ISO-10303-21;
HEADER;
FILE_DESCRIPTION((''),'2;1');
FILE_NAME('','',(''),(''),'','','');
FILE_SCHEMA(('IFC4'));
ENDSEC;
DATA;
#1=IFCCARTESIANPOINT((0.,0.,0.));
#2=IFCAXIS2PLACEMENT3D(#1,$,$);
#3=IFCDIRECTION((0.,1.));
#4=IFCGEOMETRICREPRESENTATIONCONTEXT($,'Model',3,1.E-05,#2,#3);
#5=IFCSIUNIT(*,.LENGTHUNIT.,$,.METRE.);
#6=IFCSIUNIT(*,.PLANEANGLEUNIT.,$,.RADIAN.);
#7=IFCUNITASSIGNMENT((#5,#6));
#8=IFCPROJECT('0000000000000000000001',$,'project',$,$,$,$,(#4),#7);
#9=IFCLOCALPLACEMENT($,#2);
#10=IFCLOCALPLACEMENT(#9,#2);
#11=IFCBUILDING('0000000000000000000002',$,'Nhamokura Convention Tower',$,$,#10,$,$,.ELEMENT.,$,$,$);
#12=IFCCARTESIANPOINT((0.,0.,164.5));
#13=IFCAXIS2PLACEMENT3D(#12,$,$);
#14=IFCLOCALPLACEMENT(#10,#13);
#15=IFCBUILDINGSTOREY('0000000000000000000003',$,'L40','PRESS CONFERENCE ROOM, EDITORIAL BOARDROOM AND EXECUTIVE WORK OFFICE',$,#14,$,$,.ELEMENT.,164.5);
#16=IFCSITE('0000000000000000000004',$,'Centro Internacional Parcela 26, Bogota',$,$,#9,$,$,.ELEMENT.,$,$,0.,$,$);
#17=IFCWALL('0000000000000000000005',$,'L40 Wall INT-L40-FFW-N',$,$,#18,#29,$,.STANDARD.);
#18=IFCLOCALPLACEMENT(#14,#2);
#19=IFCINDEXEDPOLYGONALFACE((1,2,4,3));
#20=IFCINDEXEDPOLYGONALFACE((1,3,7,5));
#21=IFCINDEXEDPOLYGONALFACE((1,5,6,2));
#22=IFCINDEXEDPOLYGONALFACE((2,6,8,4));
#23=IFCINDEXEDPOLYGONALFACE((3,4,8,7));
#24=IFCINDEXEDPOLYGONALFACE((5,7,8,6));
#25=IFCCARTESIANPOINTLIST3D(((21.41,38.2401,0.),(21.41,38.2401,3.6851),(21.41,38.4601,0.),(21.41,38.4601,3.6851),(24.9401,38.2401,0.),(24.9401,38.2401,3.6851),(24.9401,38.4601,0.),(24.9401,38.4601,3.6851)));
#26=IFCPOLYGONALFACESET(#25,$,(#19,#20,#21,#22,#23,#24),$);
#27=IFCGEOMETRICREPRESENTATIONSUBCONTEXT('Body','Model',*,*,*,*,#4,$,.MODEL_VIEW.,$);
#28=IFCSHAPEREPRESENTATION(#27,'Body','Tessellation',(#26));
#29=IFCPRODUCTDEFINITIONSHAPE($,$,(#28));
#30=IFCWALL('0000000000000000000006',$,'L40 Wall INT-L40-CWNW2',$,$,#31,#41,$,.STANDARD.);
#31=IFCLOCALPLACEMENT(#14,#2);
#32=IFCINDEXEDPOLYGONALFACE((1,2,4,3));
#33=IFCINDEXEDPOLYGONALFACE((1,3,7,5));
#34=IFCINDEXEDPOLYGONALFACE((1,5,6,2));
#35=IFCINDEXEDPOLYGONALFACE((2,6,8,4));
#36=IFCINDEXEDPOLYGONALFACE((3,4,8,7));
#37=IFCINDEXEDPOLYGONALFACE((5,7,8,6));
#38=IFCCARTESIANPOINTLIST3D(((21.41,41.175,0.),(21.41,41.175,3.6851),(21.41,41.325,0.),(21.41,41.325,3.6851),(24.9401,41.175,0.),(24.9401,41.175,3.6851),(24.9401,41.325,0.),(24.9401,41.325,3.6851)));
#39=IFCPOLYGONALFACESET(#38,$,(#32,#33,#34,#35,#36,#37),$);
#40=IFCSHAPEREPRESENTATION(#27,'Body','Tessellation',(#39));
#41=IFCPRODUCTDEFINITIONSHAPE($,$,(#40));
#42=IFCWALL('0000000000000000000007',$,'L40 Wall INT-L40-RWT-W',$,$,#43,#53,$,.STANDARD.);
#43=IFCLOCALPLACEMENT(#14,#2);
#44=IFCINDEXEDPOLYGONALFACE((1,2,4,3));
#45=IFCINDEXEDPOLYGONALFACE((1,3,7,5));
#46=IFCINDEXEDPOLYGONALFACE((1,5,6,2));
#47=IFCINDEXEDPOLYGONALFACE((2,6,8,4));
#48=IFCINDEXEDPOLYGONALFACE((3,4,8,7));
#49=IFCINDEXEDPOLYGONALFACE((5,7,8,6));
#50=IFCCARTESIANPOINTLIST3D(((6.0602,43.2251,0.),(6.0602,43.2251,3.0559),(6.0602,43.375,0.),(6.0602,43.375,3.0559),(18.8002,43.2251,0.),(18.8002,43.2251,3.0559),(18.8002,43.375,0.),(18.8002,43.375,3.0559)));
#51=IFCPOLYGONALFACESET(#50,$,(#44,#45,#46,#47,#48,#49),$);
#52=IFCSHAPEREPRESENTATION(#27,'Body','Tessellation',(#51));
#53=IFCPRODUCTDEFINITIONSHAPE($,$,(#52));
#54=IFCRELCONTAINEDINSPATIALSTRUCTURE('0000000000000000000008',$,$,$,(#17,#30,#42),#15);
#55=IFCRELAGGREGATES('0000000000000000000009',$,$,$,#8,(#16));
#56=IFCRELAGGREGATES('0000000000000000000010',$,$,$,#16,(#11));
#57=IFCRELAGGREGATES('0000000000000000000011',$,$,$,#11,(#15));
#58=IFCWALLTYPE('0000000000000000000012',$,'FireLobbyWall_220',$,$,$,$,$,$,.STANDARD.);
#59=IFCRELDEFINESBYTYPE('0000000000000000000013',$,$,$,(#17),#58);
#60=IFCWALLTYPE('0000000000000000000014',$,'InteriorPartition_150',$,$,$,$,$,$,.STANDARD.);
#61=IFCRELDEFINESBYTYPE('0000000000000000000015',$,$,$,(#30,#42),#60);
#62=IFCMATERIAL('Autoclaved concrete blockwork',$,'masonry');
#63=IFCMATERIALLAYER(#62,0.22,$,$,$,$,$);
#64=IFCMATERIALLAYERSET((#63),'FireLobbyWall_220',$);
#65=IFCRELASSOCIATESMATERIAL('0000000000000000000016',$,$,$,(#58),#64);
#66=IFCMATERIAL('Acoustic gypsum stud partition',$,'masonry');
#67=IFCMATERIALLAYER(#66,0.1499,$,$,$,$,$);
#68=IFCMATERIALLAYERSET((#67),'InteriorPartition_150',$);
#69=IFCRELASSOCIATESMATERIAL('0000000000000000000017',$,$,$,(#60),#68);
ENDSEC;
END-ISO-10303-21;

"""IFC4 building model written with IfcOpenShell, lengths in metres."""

from ifc_helpers import new_model, si_unit, direction, frame, frame_2d, origin, place, context, subcontext, project, spatial, rectangle, extrude, material, layer, layer_set, type_object, element, save


model = new_model("IFC4")

# Units and contexts
model_context = context("Model", 3, precision=1e-05, world=origin(), true_north=direction((0.0, 1.0)))
body_context = subcontext(model_context, "Body", "Model", "MODEL_VIEW")
ifc_project = project(units=[si_unit("LENGTHUNIT", "METRE"), si_unit("PLANEANGLEUNIT", "RADIAN")], contexts=[model_context])

# Site, building, storey
site_placement = place(None, origin())
site = spatial("IfcSite", under=ifc_project, at=site_placement, Name="Centro Internacional Parcela 26, Bogota", CompositionType="ELEMENT", RefElevation=0.0)
building_placement = place(site_placement, origin())
building = spatial("IfcBuilding", under=site, at=building_placement, Name="Nhamokura Convention Tower", CompositionType="ELEMENT")
storey_placement = place(building_placement, frame((0.0, 0.0, 164.5)))
storey = spatial("IfcBuildingStorey", under=building, at=storey_placement, Name="L40", Description="PRESS CONFERENCE ROOM, EDITORIAL BOARDROOM AND EXECUTIVE WORK OFFICE", CompositionType="ELEMENT", Elevation=164.5)

# Shared definitions
ifc_material_1 = material(Name="Autoclaved concrete blockwork", Category="masonry")
ifc_layer_1 = layer(ifc_material_1, 0.22)
ifc_layer_set_1 = layer_set([ifc_layer_1], Name="FireLobbyWall_220")
wall_type_1 = type_object("IfcWallType", Name="FireLobbyWall_220", PredefinedType="STANDARD", material=ifc_layer_set_1)

# Walls
wall_1_placement = place(storey_placement, frame((21.4099, 38.3501, 0.0), z_axis=(0.0, 0.0, 1.0), x_axis=(1.0, 0.0, 0.0)))
element("IfcWall", 1, at=wall_1_placement, inside=storey, type_object=wall_type_1, Name="L40 Wall INT-L40-FFW-N", PredefinedType="STANDARD", context=body_context, shape_type="SweptSolid", body=[
    extrude(rectangle(XDim=3.53, YDim=0.22, at=frame_2d((1.7651, 0.0))), origin(), (0.0, 0.0, 1.0), 3.6851),
])
ifc_material_2 = material(Name="Acoustic gypsum stud partition", Category="masonry")
ifc_layer_2 = layer(ifc_material_2, 0.1499)
ifc_layer_set_2 = layer_set([ifc_layer_2], Name="InteriorPartition_150")
wall_type_2 = type_object("IfcWallType", Name="InteriorPartition_150", PredefinedType="STANDARD", material=ifc_layer_set_2)
wall_2_placement = place(storey_placement, frame((21.4099, 41.25, 0.0), z_axis=(0.0, 0.0, 1.0), x_axis=(1.0, 0.0, 0.0)))
element("IfcWall", 2, at=wall_2_placement, inside=storey, type_object=wall_type_2, Name="L40 Wall INT-L40-CWNW2", PredefinedType="STANDARD", context=body_context, shape_type="SweptSolid", body=[
    extrude(rectangle(XDim=3.53, YDim=0.1499, at=frame_2d((1.7651, 0.0))), origin(), (0.0, 0.0, 1.0), 3.6851),
])
wall_3_placement = place(storey_placement, frame((6.0601, 43.3, 0.0), z_axis=(0.0, 0.0, 1.0), x_axis=(1.0, 0.0, 0.0)))
element("IfcWall", 3, at=wall_3_placement, inside=storey, type_object=wall_type_2, Name="L40 Wall INT-L40-RWT-W", PredefinedType="STANDARD", context=body_context, shape_type="SweptSolid", body=[
    extrude(rectangle(XDim=12.74, YDim=0.1499, at=frame_2d((6.3701, 0.0))), origin(), (0.0, 0.0, 1.0), 3.0559),
])

save(model, "model.ifc")
